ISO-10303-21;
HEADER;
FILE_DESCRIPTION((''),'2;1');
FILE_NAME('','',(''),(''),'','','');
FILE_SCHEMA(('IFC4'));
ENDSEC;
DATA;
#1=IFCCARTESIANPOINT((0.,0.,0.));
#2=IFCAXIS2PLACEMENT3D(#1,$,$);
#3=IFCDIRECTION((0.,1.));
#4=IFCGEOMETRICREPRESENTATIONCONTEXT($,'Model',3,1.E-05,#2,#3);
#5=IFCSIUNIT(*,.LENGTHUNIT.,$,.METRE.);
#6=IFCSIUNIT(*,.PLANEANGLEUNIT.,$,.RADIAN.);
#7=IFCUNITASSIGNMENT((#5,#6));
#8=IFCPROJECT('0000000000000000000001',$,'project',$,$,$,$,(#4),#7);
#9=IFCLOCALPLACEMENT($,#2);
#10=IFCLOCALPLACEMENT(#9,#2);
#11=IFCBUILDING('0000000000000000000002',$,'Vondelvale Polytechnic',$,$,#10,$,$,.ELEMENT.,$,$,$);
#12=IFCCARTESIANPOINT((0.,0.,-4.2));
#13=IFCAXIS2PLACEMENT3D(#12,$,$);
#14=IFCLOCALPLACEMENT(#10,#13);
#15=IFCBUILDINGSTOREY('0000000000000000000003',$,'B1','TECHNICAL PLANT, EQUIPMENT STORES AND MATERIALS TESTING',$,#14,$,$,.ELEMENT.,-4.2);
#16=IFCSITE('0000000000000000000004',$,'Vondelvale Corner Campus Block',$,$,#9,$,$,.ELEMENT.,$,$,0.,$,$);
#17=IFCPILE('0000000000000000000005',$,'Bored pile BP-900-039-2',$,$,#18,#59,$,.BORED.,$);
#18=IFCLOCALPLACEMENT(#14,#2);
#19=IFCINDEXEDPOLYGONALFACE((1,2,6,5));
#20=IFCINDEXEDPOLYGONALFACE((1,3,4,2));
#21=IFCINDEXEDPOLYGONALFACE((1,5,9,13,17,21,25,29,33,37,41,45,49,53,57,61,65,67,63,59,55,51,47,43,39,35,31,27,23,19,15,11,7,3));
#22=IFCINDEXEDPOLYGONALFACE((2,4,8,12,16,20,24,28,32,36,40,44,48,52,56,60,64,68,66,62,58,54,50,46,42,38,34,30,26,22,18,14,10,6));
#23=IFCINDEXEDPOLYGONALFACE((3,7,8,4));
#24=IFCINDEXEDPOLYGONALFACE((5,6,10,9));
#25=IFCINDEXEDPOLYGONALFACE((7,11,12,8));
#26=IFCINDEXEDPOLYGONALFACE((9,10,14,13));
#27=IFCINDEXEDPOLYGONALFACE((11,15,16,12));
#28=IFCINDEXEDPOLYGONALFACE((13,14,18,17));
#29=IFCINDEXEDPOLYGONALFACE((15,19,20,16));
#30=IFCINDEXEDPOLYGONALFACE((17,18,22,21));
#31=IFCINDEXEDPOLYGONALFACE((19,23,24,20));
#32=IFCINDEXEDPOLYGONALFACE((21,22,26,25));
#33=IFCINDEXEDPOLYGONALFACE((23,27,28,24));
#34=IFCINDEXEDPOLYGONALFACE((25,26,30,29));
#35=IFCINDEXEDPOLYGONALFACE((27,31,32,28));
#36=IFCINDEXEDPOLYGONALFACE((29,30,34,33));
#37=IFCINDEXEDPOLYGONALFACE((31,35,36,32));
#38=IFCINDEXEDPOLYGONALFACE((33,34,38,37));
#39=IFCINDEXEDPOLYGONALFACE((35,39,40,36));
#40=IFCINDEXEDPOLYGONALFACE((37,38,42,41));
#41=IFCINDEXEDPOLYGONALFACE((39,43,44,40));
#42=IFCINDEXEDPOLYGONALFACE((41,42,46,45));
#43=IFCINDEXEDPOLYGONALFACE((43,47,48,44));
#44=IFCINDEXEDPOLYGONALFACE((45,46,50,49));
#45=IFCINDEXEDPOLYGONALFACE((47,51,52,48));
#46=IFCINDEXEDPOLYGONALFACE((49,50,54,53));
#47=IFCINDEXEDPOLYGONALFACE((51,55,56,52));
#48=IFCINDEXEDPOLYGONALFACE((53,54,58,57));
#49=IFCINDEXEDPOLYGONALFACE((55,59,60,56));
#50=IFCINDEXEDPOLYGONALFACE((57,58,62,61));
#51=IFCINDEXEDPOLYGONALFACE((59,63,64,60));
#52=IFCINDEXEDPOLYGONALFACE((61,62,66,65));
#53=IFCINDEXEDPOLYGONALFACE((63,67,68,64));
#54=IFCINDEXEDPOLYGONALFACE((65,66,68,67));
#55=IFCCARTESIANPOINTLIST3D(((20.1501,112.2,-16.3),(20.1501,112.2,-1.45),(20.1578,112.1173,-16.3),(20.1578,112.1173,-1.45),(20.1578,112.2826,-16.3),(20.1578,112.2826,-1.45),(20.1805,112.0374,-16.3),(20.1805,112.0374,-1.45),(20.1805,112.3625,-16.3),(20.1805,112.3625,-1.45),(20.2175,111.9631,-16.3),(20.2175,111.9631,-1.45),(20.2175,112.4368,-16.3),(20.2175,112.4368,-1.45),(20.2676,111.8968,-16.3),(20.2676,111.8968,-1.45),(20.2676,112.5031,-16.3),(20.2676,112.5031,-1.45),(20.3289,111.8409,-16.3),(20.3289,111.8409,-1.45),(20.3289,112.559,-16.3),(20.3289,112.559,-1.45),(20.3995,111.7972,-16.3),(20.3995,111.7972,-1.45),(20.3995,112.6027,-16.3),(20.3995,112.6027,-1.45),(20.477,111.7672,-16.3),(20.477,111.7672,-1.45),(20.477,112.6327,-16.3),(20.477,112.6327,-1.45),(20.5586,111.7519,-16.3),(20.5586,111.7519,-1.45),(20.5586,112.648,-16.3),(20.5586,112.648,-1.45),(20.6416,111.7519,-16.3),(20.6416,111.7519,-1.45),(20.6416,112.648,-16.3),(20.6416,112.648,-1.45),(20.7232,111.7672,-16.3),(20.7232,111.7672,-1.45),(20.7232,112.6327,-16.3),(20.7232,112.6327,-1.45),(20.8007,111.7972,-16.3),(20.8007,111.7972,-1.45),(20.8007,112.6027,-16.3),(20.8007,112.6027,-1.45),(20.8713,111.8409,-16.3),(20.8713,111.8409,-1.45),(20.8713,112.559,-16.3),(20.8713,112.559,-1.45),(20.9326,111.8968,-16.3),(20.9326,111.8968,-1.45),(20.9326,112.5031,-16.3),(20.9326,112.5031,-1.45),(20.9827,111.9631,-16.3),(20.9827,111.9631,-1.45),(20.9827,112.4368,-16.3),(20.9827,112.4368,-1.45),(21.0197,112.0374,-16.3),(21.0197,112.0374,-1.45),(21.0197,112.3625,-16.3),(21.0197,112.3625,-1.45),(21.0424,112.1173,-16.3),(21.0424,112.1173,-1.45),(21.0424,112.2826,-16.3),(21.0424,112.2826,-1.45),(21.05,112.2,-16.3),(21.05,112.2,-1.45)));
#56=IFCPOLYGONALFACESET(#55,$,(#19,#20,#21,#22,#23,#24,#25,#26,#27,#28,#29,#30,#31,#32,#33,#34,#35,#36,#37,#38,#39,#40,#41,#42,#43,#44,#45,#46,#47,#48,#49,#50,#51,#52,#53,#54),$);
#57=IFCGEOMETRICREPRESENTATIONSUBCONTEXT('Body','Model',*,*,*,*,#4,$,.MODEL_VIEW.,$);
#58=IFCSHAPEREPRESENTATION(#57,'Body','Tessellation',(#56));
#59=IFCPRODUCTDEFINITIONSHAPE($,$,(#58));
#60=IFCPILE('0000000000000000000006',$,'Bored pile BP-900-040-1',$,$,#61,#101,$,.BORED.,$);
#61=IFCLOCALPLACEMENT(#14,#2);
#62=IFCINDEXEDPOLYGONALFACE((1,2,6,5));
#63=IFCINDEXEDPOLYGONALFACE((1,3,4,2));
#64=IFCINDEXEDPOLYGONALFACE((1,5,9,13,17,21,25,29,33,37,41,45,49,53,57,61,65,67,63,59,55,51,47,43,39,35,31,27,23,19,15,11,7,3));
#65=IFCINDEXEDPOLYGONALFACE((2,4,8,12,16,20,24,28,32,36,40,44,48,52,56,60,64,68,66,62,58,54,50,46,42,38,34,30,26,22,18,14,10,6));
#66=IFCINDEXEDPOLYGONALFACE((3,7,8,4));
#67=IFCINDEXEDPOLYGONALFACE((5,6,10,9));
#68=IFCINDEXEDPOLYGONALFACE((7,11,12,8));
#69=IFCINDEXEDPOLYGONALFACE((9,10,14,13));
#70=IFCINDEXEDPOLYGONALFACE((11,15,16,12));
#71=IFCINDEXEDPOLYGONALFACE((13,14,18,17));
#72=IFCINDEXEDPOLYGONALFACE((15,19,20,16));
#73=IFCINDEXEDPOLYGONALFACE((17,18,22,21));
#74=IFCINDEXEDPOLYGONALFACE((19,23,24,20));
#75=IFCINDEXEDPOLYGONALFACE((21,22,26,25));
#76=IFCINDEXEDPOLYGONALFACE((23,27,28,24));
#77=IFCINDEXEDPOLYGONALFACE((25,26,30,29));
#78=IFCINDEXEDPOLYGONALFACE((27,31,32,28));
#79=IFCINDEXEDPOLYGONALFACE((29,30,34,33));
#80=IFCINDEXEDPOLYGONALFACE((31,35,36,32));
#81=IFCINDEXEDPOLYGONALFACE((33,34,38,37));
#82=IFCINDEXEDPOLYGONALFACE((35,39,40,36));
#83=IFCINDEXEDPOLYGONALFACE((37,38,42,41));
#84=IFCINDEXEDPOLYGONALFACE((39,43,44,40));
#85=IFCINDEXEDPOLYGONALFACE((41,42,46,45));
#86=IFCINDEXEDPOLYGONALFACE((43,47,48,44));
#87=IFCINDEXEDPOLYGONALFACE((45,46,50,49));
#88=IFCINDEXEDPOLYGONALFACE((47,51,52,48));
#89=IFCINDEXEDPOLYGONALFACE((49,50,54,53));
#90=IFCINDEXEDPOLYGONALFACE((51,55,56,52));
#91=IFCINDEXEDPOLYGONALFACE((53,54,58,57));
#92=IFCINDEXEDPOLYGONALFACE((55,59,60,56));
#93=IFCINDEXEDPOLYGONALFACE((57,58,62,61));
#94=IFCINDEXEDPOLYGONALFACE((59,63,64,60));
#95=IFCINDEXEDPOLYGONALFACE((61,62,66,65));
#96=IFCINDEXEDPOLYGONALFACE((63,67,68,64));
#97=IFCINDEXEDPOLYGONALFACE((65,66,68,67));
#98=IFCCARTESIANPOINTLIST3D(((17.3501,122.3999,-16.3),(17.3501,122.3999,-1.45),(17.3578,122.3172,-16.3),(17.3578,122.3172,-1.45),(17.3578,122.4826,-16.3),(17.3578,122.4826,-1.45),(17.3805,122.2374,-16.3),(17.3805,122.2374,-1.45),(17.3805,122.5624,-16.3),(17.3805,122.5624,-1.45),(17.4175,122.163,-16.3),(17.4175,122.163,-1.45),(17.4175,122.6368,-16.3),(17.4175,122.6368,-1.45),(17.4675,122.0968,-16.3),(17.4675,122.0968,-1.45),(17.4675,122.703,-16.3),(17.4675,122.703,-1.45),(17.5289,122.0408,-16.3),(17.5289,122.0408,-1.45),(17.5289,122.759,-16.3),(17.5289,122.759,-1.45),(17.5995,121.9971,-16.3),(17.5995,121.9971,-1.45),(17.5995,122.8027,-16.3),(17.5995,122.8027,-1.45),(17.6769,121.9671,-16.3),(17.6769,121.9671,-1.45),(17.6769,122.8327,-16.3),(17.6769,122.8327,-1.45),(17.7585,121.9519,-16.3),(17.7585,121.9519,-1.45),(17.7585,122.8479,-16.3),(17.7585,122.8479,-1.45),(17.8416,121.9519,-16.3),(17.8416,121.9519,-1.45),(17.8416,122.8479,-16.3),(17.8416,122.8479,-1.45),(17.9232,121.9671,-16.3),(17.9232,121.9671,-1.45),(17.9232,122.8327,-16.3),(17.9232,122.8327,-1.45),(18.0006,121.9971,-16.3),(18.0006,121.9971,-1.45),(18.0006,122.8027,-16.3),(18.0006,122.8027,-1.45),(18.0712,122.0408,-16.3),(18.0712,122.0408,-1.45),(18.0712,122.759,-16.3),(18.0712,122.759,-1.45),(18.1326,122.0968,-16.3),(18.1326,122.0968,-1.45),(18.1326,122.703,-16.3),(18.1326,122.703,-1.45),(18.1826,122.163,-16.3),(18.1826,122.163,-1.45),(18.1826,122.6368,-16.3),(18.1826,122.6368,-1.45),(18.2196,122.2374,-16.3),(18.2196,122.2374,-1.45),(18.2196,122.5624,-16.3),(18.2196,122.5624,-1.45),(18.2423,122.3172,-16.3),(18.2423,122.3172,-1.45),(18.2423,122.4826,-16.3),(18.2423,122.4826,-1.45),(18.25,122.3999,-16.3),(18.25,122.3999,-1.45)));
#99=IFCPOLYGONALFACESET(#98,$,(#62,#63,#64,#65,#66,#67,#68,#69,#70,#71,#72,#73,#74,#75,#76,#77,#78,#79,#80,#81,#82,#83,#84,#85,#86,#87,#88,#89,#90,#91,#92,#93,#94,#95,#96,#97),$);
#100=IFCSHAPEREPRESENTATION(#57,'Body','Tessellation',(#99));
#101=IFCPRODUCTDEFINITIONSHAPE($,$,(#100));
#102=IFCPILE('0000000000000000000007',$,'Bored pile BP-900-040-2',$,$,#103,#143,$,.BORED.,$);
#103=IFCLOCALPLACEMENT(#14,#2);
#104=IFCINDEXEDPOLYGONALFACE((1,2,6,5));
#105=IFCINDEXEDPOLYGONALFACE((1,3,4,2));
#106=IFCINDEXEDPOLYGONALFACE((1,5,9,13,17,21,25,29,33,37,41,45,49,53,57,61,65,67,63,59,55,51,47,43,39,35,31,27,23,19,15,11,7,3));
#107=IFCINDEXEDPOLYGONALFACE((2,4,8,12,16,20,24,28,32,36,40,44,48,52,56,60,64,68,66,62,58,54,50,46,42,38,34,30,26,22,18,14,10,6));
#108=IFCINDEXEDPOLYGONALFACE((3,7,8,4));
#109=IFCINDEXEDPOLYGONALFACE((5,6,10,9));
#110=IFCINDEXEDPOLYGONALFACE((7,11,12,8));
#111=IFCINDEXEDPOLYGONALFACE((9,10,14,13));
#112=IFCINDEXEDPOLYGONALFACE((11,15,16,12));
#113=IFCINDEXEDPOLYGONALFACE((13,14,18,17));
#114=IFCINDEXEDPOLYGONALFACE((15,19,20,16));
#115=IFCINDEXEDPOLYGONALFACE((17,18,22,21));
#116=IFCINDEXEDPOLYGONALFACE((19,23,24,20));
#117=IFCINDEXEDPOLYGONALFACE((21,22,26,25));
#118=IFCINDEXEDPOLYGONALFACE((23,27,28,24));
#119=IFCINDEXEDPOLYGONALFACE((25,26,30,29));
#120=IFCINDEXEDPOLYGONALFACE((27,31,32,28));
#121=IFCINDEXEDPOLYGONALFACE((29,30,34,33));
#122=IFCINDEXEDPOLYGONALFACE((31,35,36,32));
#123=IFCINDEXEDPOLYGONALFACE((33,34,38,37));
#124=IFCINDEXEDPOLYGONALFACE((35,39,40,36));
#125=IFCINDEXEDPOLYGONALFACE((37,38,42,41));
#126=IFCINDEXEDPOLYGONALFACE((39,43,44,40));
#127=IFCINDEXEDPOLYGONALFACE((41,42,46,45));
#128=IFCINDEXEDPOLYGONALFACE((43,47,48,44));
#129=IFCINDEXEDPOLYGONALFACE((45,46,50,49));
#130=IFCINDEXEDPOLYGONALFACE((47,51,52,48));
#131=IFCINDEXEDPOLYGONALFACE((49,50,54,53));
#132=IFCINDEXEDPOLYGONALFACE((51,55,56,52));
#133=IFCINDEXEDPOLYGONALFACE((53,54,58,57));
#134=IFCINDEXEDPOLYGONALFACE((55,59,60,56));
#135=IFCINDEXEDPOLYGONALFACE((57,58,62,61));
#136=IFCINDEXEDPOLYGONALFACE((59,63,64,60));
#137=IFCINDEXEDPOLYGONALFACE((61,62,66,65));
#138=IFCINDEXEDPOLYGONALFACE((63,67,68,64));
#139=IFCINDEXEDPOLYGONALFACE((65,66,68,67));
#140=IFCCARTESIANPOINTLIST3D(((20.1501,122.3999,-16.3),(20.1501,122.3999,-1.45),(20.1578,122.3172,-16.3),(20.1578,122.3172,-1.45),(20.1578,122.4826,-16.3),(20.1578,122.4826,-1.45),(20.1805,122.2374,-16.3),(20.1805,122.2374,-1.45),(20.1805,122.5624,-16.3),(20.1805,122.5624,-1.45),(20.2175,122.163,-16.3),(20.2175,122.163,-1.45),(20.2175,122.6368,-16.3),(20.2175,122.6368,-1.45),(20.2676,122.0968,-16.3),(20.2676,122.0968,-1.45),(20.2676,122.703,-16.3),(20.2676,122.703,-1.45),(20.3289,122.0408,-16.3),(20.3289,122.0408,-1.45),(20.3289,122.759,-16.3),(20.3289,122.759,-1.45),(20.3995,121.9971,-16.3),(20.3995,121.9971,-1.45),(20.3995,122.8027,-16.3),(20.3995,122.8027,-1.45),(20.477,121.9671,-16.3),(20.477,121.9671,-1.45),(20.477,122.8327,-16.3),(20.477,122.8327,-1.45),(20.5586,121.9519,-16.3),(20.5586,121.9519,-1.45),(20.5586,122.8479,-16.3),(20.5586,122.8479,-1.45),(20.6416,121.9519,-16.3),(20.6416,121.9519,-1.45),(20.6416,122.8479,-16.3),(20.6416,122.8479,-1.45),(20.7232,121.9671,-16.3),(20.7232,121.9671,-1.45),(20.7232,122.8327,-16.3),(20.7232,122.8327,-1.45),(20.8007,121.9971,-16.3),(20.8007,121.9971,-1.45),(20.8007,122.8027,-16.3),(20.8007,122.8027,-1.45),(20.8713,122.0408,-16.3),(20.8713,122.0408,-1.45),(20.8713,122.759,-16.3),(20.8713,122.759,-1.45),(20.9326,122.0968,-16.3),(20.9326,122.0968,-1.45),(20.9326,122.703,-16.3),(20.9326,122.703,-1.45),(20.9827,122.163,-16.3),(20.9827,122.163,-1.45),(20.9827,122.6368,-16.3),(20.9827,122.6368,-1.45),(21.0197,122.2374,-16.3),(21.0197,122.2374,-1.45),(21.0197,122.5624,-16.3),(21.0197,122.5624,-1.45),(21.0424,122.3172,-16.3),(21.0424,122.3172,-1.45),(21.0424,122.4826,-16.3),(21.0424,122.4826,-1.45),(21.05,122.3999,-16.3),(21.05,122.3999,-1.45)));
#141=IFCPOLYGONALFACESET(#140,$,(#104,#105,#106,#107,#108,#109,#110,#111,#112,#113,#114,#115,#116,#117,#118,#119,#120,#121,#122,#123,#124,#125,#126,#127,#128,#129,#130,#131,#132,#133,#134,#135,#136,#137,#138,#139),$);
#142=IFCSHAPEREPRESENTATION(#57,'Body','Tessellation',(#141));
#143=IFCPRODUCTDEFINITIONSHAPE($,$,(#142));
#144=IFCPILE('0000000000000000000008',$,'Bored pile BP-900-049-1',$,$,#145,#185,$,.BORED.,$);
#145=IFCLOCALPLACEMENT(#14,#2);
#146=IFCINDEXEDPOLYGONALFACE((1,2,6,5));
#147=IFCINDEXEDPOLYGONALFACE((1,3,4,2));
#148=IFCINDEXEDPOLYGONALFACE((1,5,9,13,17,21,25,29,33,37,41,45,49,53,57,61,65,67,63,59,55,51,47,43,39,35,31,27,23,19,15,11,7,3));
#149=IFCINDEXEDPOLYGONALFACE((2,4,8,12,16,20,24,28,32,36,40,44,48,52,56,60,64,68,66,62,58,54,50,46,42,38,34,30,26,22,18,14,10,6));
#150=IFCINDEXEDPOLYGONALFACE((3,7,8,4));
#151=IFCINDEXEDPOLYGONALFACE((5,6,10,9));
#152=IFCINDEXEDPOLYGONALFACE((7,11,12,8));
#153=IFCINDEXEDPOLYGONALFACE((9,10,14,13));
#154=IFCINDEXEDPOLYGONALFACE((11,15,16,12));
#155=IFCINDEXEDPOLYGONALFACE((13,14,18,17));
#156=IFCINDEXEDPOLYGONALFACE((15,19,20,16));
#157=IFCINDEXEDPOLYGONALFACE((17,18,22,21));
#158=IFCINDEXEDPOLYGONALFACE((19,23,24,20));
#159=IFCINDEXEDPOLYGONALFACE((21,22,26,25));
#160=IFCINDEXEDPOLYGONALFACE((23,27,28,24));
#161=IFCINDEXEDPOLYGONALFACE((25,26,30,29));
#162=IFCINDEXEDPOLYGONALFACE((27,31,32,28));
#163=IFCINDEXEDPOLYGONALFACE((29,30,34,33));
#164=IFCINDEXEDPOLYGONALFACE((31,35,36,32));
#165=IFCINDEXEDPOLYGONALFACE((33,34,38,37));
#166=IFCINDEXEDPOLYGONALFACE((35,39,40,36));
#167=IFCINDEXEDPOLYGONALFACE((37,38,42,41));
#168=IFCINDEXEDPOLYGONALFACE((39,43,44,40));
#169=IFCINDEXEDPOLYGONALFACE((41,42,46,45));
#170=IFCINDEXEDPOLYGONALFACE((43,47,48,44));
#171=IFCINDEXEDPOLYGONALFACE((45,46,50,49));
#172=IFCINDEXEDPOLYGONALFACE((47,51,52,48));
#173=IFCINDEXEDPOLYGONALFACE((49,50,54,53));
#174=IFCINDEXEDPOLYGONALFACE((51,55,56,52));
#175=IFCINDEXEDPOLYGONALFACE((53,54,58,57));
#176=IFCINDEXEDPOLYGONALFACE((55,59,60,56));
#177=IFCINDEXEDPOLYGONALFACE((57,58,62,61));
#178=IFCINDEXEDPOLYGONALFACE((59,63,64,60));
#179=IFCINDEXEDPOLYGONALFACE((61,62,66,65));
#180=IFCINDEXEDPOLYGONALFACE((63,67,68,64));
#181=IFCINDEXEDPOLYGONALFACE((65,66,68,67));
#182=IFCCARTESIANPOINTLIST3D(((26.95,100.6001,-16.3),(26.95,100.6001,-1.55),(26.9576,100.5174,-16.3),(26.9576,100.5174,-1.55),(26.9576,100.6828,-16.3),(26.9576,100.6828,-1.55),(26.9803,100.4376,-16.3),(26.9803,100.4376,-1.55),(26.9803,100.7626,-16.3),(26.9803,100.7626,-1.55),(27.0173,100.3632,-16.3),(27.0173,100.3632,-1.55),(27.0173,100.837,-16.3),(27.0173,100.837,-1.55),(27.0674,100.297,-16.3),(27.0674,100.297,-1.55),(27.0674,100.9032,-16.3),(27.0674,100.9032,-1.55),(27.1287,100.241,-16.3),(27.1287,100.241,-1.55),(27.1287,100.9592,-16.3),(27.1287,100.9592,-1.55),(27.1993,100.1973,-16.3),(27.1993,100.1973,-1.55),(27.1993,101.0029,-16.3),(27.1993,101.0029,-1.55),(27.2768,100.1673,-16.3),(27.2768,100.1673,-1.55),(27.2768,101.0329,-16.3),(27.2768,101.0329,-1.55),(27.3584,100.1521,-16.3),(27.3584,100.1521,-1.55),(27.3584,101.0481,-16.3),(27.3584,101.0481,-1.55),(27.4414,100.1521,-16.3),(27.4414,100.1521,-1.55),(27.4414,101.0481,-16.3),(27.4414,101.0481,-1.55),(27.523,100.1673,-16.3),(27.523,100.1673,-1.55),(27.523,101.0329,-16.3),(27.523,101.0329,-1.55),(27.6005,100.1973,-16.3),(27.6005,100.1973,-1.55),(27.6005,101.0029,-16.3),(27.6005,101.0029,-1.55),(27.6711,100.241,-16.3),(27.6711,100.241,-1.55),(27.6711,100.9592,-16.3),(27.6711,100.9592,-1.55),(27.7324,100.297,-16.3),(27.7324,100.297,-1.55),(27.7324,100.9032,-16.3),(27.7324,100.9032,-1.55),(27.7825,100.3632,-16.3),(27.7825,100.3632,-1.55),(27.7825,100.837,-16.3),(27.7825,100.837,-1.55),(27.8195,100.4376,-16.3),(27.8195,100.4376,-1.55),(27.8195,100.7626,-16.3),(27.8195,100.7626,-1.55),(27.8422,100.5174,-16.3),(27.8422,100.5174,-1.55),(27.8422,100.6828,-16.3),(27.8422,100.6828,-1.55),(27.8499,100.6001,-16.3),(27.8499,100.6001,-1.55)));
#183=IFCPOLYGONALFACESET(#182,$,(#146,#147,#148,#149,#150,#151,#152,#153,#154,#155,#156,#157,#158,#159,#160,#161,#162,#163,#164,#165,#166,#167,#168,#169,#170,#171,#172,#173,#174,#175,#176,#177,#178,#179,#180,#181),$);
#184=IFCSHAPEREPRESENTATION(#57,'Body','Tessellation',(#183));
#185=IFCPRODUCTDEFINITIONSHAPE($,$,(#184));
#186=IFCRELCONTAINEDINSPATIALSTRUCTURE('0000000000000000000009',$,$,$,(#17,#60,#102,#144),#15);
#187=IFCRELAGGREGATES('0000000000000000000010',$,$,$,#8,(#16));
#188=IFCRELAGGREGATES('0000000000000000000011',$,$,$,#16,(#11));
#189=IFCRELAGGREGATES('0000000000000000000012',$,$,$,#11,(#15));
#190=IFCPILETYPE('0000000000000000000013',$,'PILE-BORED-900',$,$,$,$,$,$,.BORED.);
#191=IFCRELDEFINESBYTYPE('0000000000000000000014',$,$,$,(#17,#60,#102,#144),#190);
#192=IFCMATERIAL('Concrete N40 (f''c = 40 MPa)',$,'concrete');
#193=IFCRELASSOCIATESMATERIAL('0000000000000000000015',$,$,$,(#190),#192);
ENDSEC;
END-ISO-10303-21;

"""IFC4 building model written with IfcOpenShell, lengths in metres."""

from ifc_helpers import new_model, si_unit, direction, frame, origin, origin_2d, place, context, subcontext, project, spatial, circle, extrude, material, material_profile, profile_set, type_object, element, save


model = new_model("IFC4")

# Units and contexts
model_context = context("Model", 3, precision=1e-05, world=origin(), true_north=direction((0.0, 1.0)))
body_context = subcontext(model_context, "Body", "Model", "MODEL_VIEW")
ifc_project = project(units=[si_unit("LENGTHUNIT", "METRE"), si_unit("PLANEANGLEUNIT", "RADIAN")], contexts=[model_context])

# Site, building, storey
site_placement = place(None, origin())
site = spatial("IfcSite", under=ifc_project, at=site_placement, Name="Vondelvale Corner Campus Block", CompositionType="ELEMENT", RefElevation=0.0)
building_placement = place(site_placement, origin())
building = spatial("IfcBuilding", under=site, at=building_placement, Name="Vondelvale Polytechnic", CompositionType="ELEMENT")
storey_placement = place(building_placement, frame((0.0, 0.0, -4.2)))
storey = spatial("IfcBuildingStorey", under=building, at=storey_placement, Name="B1", Description="TECHNICAL PLANT, EQUIPMENT STORES AND MATERIALS TESTING", CompositionType="ELEMENT", Elevation=-4.2)

# Shared definitions
ifc_material_1 = material(Name="Concrete N40 (f'c = 40 MPa)", Category="concrete")

# Piles
ifc_material_profile_1 = material_profile(ifc_material_1, circle(Radius=0.45, at=origin_2d()), Name="PILE-D900")
ifc_profile_set_1 = profile_set([ifc_material_profile_1], Name="Concrete N40 (f'c = 40 MPa)")
pile_type = type_object("IfcPileType", Name="PILE-BORED-900", PredefinedType="BORED", material=ifc_profile_set_1)
for number, where, z_axis, x_axis, name in (
    (1, (20.6001, 112.2, -1.45), (0.0, 0.0, -1.0), (1.0, 0.0, 0.0), "Bored pile BP-900-039-2"),
    (2, (17.8, 122.3999, -1.45), (0.0, 0.0, -1.0), (1.0, 0.0, 0.0), "Bored pile BP-900-040-1"),
    (3, (20.6001, 122.3999, -1.45), (0.0, 0.0, -1.0), (1.0, 0.0, 0.0), "Bored pile BP-900-040-2"),
):
    element("IfcPile", number, at=place(storey_placement, frame(where, z_axis=z_axis, x_axis=x_axis)), inside=storey, type_object=pile_type, Name=name, PredefinedType="BORED", context=body_context, shape_type="SweptSolid", body=[
        extrude(circle(Radius=0.45, at=origin_2d()), origin(), (0.0, 0.0, 1.0), 14.8501),
    ])
for number, where, z_axis, x_axis, name in (
    (4, (27.3999, 100.6001, -1.55), (0.0, 0.0, -1.0), (1.0, 0.0, 0.0), "Bored pile BP-900-049-1"),
):
    element("IfcPile", number, at=place(storey_placement, frame(where, z_axis=z_axis, x_axis=x_axis)), inside=storey, type_object=pile_type, Name=name, PredefinedType="BORED", context=body_context, shape_type="SweptSolid", body=[
        extrude(circle(Radius=0.45, at=origin_2d()), origin(), (0.0, 0.0, 1.0), 14.75),
    ])

save(model, "model.ifc")
